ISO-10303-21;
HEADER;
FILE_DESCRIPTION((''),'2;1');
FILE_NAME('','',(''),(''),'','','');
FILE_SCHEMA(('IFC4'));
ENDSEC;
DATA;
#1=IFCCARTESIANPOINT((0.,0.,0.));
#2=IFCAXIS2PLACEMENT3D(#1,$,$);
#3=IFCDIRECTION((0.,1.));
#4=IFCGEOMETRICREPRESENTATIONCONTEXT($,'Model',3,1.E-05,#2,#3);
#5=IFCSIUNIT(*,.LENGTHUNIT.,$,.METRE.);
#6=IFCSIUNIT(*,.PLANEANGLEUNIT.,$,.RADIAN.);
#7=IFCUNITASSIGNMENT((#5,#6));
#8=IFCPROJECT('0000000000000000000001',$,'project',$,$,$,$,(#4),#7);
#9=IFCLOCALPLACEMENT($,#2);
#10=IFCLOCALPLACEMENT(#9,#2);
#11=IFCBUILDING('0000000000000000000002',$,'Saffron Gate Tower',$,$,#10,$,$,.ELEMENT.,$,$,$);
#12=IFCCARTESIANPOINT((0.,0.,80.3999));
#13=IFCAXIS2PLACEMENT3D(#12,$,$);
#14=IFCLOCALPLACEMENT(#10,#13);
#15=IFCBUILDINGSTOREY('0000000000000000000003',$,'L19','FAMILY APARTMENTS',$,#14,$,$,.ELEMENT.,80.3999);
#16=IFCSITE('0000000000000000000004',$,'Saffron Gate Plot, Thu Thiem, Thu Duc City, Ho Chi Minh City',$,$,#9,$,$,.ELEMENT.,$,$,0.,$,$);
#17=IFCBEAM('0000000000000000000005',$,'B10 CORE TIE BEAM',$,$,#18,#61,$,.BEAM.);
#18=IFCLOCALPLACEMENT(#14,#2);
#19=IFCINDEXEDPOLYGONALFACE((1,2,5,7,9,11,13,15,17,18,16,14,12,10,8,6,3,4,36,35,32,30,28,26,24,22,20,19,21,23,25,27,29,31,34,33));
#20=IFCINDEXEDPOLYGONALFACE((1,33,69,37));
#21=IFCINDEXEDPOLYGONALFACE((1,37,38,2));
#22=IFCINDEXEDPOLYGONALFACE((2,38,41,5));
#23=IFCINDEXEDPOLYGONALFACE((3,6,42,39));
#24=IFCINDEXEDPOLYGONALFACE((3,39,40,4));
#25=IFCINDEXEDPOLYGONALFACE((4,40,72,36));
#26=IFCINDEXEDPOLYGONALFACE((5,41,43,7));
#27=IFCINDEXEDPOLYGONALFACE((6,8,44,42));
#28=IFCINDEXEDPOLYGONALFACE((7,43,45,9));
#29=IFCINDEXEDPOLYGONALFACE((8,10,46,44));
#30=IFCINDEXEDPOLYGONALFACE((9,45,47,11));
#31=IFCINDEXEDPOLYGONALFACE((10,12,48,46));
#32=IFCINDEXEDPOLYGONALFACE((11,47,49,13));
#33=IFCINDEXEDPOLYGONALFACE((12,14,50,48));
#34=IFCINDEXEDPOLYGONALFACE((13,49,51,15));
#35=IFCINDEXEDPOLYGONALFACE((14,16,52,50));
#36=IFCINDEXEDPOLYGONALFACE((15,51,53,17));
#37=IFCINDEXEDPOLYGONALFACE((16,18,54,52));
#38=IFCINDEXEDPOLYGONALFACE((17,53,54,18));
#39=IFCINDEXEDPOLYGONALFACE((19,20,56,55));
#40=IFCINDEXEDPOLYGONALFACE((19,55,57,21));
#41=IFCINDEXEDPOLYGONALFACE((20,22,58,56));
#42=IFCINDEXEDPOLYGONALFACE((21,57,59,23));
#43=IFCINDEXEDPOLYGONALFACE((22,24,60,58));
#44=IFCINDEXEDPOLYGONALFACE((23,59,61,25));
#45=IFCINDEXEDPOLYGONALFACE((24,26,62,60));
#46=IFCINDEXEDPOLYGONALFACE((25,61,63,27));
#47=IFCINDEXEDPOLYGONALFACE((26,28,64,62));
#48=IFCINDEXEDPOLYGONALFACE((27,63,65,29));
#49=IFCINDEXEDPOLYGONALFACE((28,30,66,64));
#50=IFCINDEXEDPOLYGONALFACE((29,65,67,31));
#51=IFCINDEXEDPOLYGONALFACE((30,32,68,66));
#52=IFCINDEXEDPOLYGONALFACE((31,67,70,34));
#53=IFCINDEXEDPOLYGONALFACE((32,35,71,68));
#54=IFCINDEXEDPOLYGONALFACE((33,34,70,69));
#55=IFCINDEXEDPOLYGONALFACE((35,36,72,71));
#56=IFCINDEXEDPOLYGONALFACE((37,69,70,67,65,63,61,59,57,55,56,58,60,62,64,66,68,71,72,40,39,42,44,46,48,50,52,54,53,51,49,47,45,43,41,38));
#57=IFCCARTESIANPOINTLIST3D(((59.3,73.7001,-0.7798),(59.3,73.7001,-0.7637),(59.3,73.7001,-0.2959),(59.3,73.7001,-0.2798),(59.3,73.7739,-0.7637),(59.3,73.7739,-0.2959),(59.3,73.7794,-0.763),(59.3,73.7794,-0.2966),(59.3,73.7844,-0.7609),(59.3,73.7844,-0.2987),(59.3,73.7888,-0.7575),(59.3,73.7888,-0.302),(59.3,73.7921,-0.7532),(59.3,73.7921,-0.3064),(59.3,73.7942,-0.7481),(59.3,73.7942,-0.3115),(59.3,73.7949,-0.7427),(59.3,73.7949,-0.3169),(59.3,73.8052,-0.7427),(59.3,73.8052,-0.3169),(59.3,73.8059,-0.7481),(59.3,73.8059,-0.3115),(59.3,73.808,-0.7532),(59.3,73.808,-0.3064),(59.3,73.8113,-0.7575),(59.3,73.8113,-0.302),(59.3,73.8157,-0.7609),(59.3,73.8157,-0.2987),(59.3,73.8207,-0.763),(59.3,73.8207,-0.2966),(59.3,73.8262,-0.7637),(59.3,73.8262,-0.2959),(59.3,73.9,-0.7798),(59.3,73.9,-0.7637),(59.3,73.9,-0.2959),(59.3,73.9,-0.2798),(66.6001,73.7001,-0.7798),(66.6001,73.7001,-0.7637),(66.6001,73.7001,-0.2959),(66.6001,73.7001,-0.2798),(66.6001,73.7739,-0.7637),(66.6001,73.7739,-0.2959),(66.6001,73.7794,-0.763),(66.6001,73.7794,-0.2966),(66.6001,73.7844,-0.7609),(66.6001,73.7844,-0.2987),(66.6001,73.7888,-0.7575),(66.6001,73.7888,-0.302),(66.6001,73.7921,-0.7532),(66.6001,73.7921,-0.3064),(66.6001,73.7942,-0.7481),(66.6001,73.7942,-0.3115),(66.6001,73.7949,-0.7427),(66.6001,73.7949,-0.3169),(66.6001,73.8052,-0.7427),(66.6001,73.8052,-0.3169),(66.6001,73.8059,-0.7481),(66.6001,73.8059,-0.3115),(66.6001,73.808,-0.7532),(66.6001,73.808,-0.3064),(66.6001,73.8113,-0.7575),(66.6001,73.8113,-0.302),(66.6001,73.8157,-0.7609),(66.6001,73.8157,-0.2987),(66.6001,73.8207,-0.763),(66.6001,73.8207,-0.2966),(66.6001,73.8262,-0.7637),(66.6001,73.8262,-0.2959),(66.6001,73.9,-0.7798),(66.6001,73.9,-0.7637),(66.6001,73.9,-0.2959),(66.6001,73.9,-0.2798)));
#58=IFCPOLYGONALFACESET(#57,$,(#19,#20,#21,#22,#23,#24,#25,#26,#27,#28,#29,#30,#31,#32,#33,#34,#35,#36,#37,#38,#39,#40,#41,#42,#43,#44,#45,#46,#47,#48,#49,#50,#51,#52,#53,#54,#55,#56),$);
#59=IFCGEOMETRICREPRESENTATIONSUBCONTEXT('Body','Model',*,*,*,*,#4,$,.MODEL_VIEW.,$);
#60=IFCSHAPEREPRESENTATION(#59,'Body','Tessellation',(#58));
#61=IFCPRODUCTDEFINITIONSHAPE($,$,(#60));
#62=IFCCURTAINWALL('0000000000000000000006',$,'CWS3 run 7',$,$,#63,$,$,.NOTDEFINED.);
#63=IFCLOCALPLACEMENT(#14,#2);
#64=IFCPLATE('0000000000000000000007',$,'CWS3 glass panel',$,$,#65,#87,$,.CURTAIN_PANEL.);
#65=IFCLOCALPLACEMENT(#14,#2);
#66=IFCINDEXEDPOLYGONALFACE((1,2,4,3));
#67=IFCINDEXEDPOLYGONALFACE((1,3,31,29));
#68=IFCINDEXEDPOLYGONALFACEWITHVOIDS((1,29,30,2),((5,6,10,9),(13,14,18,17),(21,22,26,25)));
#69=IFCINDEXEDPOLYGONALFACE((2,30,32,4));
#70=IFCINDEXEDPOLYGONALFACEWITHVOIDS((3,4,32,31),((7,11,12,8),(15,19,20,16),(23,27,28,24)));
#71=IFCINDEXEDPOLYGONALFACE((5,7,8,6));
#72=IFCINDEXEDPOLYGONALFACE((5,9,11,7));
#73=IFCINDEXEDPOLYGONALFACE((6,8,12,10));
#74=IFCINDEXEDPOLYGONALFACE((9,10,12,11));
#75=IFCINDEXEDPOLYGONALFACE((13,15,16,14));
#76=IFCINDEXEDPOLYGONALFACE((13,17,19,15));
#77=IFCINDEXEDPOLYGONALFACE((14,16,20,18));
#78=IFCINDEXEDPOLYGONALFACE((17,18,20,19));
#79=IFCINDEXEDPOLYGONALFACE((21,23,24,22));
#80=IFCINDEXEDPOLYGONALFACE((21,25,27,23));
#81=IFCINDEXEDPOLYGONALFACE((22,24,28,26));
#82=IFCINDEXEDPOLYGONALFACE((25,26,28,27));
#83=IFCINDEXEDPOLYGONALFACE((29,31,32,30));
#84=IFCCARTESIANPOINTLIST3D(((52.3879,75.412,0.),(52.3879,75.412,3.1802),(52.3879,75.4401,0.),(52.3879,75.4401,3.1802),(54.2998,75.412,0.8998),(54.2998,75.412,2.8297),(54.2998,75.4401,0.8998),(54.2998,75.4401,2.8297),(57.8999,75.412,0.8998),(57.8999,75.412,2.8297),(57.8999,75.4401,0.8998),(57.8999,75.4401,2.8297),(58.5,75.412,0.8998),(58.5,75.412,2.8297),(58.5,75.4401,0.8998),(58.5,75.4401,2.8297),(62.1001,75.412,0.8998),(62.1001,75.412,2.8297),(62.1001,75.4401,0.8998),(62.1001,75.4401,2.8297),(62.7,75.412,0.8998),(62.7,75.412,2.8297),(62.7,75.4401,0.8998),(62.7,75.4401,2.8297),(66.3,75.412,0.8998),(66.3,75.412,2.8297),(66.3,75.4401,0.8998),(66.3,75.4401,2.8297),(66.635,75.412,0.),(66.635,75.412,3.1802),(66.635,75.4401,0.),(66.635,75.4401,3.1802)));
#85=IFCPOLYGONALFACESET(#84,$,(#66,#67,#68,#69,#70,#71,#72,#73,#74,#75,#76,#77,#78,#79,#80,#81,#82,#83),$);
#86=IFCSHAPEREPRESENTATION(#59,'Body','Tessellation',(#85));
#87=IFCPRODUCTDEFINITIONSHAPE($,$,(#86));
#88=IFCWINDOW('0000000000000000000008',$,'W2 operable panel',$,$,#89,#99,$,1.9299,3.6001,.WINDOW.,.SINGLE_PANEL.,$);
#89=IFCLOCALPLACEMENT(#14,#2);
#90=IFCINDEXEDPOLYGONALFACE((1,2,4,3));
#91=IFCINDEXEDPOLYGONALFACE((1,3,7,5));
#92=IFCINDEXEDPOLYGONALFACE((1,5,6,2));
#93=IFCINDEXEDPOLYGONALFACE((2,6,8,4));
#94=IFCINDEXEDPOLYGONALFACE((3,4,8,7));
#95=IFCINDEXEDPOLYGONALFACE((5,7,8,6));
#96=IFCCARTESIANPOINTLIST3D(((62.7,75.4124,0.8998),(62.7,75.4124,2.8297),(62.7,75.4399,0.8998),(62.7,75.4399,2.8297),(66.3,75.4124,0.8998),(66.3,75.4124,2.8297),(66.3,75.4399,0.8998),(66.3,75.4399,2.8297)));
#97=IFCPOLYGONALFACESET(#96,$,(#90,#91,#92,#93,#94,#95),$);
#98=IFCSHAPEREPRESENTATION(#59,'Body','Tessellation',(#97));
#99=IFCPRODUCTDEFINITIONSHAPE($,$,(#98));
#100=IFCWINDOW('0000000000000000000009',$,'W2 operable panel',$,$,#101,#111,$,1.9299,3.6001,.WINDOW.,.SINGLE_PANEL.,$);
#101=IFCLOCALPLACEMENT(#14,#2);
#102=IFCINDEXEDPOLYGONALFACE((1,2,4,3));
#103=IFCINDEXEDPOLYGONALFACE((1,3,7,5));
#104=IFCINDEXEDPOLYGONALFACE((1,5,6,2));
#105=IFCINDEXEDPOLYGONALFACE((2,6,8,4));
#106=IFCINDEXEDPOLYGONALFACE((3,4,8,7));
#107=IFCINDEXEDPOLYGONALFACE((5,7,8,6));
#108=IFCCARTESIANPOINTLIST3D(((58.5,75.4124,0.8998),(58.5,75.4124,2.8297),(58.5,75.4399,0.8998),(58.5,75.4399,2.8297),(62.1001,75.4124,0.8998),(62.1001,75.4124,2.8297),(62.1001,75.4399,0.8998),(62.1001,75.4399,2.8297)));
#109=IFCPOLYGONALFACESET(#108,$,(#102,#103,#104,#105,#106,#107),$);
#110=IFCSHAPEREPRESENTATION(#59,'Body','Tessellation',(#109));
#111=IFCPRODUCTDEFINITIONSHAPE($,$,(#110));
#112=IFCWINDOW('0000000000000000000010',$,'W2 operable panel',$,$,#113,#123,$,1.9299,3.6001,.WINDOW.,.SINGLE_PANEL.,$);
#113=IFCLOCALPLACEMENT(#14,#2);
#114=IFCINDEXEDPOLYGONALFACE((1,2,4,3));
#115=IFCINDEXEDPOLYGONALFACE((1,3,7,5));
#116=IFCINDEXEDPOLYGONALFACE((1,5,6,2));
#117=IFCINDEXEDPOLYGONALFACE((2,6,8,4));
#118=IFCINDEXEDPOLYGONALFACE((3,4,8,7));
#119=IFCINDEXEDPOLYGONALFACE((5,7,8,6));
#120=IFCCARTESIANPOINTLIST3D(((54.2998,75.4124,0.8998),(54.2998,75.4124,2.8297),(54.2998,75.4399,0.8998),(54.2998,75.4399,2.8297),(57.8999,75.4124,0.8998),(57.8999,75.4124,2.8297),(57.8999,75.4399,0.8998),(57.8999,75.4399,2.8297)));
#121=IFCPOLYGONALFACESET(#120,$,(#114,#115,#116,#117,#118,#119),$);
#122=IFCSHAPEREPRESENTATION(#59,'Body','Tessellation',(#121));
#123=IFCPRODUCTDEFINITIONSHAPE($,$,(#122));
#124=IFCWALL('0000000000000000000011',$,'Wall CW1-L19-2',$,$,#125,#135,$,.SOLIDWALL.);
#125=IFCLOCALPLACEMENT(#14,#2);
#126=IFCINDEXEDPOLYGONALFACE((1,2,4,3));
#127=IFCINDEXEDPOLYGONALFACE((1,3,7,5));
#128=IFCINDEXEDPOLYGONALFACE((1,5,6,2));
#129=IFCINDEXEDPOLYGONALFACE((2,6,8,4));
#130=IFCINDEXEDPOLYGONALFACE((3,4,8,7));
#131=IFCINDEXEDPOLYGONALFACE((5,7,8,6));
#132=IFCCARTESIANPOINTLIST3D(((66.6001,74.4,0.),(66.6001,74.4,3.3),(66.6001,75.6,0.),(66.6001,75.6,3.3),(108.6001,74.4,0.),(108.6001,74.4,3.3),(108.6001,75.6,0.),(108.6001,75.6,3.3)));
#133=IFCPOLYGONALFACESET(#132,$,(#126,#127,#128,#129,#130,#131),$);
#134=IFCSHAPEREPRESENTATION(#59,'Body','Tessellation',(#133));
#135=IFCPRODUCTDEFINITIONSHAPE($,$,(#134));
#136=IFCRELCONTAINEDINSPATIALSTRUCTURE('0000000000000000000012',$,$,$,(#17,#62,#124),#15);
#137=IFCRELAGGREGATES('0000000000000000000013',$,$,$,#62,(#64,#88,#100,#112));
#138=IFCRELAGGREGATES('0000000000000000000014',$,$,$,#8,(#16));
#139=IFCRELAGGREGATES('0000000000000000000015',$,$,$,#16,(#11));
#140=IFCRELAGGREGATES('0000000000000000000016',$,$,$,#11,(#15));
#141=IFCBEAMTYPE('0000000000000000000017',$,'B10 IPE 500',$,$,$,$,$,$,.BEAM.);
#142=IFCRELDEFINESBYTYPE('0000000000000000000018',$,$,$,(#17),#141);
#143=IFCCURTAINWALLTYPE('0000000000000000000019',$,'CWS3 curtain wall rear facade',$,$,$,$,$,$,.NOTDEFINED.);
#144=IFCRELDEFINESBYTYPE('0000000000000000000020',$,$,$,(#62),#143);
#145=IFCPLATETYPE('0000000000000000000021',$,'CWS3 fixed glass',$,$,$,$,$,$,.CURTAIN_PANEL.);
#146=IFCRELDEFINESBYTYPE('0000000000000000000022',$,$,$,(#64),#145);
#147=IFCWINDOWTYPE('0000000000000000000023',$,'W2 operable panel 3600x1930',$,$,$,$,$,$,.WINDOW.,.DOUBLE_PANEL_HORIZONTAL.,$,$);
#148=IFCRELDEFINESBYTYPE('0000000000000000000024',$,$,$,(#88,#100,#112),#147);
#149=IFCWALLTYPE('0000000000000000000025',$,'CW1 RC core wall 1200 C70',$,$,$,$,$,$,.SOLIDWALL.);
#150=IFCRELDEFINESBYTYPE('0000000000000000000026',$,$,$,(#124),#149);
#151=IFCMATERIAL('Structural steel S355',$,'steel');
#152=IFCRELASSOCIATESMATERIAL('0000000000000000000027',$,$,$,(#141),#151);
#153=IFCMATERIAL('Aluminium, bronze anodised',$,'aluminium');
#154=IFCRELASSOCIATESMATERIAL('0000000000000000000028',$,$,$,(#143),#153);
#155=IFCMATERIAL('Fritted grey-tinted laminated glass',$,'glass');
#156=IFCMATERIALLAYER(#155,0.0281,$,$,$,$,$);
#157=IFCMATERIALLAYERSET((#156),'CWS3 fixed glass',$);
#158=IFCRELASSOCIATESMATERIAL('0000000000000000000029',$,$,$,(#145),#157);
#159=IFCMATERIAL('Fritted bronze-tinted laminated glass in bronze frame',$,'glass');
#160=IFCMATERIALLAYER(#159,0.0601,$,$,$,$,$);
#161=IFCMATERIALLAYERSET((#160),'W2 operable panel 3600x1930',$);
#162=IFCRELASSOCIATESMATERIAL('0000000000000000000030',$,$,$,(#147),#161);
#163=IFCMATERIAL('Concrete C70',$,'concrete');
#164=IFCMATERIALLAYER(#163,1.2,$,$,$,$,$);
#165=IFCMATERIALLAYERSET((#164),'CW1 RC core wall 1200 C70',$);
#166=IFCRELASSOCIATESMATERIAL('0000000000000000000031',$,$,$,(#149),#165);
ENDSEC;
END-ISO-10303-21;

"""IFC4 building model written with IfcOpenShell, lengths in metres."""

from ifc_helpers import new_model, si_unit, direction, frame, frame_2d, origin, origin_2d, place, context, subcontext, project, spatial, rectangle, i_section, extrude, material, layer, layer_set, material_profile, profile_set, type_object, element, fill, aggregate, save


model = new_model("IFC4")

# Units and contexts
model_context = context("Model", 3, precision=1e-05, world=origin(), true_north=direction((0.0, 1.0)))
body_context = subcontext(model_context, "Body", "Model", "MODEL_VIEW")
ifc_project = project(units=[si_unit("LENGTHUNIT", "METRE"), si_unit("PLANEANGLEUNIT", "RADIAN")], contexts=[model_context])

# Site, building, storey
site_placement = place(None, origin())
site = spatial("IfcSite", under=ifc_project, at=site_placement, Name="Saffron Gate Plot, Thu Thiem, Thu Duc City, Ho Chi Minh City", CompositionType="ELEMENT", RefElevation=0.0)
building_placement = place(site_placement, origin())
building = spatial("IfcBuilding", under=site, at=building_placement, Name="Saffron Gate Tower", CompositionType="ELEMENT")
storey_placement = place(building_placement, frame((0.0, 0.0, 80.3999)))
storey = spatial("IfcBuildingStorey", under=building, at=storey_placement, Name="L19", Description="FAMILY APARTMENTS", CompositionType="ELEMENT", Elevation=80.3999)

# Beam
ifc_material_1 = material(Name="Structural steel S355", Category="steel")
ifc_material_profile = material_profile(ifc_material_1, i_section(OverallWidth=0.2, OverallDepth=0.5, WebThickness=0.0103, FlangeThickness=0.0161, FilletRadius=0.021, at=origin_2d()))
ifc_profile_set = profile_set([ifc_material_profile], Name="Structural steel S355")
beam_type = type_object("IfcBeamType", Name="B10 IPE 500", PredefinedType="BEAM", material=ifc_profile_set)
beam_placement = place(storey_placement, frame((59.3, 73.8, -0.5298), z_axis=(1.0, 0.0, 0.0), x_axis=(0.0, 1.0, 0.0)))
element("IfcBeam", 1, at=beam_placement, inside=storey, type_object=beam_type, Name="B10 CORE TIE BEAM", PredefinedType="BEAM", context=body_context, shape_type="SweptSolid", body=[
    extrude(i_section(OverallWidth=0.2, OverallDepth=0.5, WebThickness=0.0103, FlangeThickness=0.0161, FilletRadius=0.021, at=origin_2d()), origin(), (0.0, 0.0, 1.0), 7.3),
])

# Curtain wall, plate, openings, windows
ifc_material_2 = material(Name="Aluminium, bronze anodised", Category="aluminium")
curtain_wall_type = type_object("IfcCurtainWallType", Name="CWS3 curtain wall rear facade", PredefinedType="NOTDEFINED", material=ifc_material_2)
curtain_wall_placement = place(storey_placement, origin())
curtain_wall = element("IfcCurtainWall", 2, at=curtain_wall_placement, inside=storey, type_object=curtain_wall_type, Name="CWS3 run 7", PredefinedType="NOTDEFINED")
ifc_material_3 = material(Name="Fritted grey-tinted laminated glass", Category="glass")
ifc_layer_1 = layer(ifc_material_3, 0.0281)
ifc_layer_set_1 = layer_set([ifc_layer_1], Name="CWS3 fixed glass")
plate_type = type_object("IfcPlateType", Name="CWS3 fixed glass", PredefinedType="CURTAIN_PANEL", material=ifc_layer_set_1)
plate_placement = place(storey_placement, frame((66.635, 75.426, 0.0), z_axis=(0.0, 0.0, 1.0), x_axis=(-1.0, 0.0, 0.0)))
plate = element("IfcPlate", 3, at=plate_placement, type_object=plate_type, Name="CWS3 glass panel", PredefinedType="CURTAIN_PANEL", context=body_context, shape_type="SweptSolid", body=[
    extrude(rectangle(XDim=14.2471, YDim=0.0281, at=frame_2d((7.1235, 0.0))), origin(), (0.0, 0.0, 1.0), 3.1802),
])
opening_1_placement = place(plate_placement, frame((0.335, 0.0, 0.8999)))
opening_1 = element("IfcOpeningElement", 4, at=opening_1_placement, cuts=plate, PredefinedType="OPENING", context=body_context, shape_type="SweptSolid", body=[
    extrude(rectangle(XDim=3.6001, YDim=1.9299, at=frame_2d((1.8, 0.9648))), frame((0.0, 0.0239, 0.0), z_axis=(0.0, -1.0, 0.0), x_axis=(1.0, 0.0, 0.0)), (0.0, 0.0, 1.0), 0.0481),
])
opening_2_placement = place(plate_placement, frame((4.5349, 0.0, 0.8999)))
opening_2 = element("IfcOpeningElement", 5, at=opening_2_placement, cuts=plate, PredefinedType="OPENING", context=body_context, shape_type="SweptSolid", body=[
    extrude(rectangle(XDim=3.6001, YDim=1.9299, at=frame_2d((1.8, 0.9648))), frame((0.0, 0.0239, 0.0), z_axis=(0.0, -1.0, 0.0), x_axis=(1.0, 0.0, 0.0)), (0.0, 0.0, 1.0), 0.0481),
])
opening_3_placement = place(plate_placement, frame((8.7351, 0.0, 0.8999)))
opening_3 = element("IfcOpeningElement", 6, at=opening_3_placement, cuts=plate, PredefinedType="OPENING", context=body_context, shape_type="SweptSolid", body=[
    extrude(rectangle(XDim=3.6001, YDim=1.9299, at=frame_2d((1.8, 0.9648))), frame((0.0, 0.0239, 0.0), z_axis=(0.0, -1.0, 0.0), x_axis=(1.0, 0.0, 0.0)), (0.0, 0.0, 1.0), 0.0481),
])
ifc_material_4 = material(Name="Fritted bronze-tinted laminated glass in bronze frame", Category="glass")
ifc_layer_2 = layer(ifc_material_4, 0.0601)
ifc_layer_set_2 = layer_set([ifc_layer_2], Name="W2 operable panel 3600x1930")
window_type = type_object("IfcWindowType", Name="W2 operable panel 3600x1930", PartitioningType="DOUBLE_PANEL_HORIZONTAL", PredefinedType="WINDOW", material=ifc_layer_set_2)
window_1_placement = place(opening_1_placement, origin())
window_1 = element("IfcWindow", 7, at=window_1_placement, type_object=window_type, Name="W2 operable panel", OverallHeight=1.9299, OverallWidth=3.6001, PartitioningType="SINGLE_PANEL", PredefinedType="WINDOW", context=body_context, shape_type="SweptSolid", body=[
    extrude(rectangle(XDim=3.6001, YDim=1.9299, at=frame_2d((1.8, 0.9648))), frame((0.0, 0.0137, 0.0), z_axis=(0.0, -1.0, 0.0), x_axis=(1.0, 0.0, 0.0)), (0.0, 0.0, 1.0), 0.0276),
])
fill(opening_1, window_1)
window_2_placement = place(opening_2_placement, origin())
window_2 = element("IfcWindow", 8, at=window_2_placement, type_object=window_type, Name="W2 operable panel", OverallHeight=1.9299, OverallWidth=3.6001, PartitioningType="SINGLE_PANEL", PredefinedType="WINDOW", context=body_context, shape_type="SweptSolid", body=[
    extrude(rectangle(XDim=3.6001, YDim=1.9299, at=frame_2d((1.8, 0.9648))), frame((0.0, 0.0137, 0.0), z_axis=(0.0, -1.0, 0.0), x_axis=(1.0, 0.0, 0.0)), (0.0, 0.0, 1.0), 0.0276),
])
fill(opening_2, window_2)
window_3_placement = place(opening_3_placement, origin())
window_3 = element("IfcWindow", 9, at=window_3_placement, type_object=window_type, Name="W2 operable panel", OverallHeight=1.9299, OverallWidth=3.6001, PartitioningType="SINGLE_PANEL", PredefinedType="WINDOW", context=body_context, shape_type="SweptSolid", body=[
    extrude(rectangle(XDim=3.6001, YDim=1.9299, at=frame_2d((1.8, 0.9648))), frame((0.0, 0.0137, 0.0), z_axis=(0.0, -1.0, 0.0), x_axis=(1.0, 0.0, 0.0)), (0.0, 0.0, 1.0), 0.0276),
])
fill(opening_3, window_3)
aggregate(curtain_wall, [plate, window_1, window_2, window_3])

# Wall
ifc_material_5 = material(Name="Concrete C70", Category="concrete")
ifc_layer_3 = layer(ifc_material_5, 1.2)
ifc_layer_set_3 = layer_set([ifc_layer_3], Name="CW1 RC core wall 1200 C70")
wall_type_1 = type_object("IfcWallType", Name="CW1 RC core wall 1200 C70", PredefinedType="SOLIDWALL", material=ifc_layer_set_3)
wall_1_placement = place(storey_placement, frame((66.6001, 75.0, 0.0), z_axis=(0.0, 0.0, 1.0), x_axis=(1.0, 0.0, 0.0)))
element("IfcWall", 10, at=wall_1_placement, inside=storey, type_object=wall_type_1, Name="Wall CW1-L19-2", PredefinedType="SOLIDWALL", context=body_context, shape_type="SweptSolid", body=[
    extrude(rectangle(XDim=42.0, YDim=1.2, at=frame_2d((21.0, 0.0))), origin(), (0.0, 0.0, 1.0), 3.3),
])

save(model, "model.ifc")
